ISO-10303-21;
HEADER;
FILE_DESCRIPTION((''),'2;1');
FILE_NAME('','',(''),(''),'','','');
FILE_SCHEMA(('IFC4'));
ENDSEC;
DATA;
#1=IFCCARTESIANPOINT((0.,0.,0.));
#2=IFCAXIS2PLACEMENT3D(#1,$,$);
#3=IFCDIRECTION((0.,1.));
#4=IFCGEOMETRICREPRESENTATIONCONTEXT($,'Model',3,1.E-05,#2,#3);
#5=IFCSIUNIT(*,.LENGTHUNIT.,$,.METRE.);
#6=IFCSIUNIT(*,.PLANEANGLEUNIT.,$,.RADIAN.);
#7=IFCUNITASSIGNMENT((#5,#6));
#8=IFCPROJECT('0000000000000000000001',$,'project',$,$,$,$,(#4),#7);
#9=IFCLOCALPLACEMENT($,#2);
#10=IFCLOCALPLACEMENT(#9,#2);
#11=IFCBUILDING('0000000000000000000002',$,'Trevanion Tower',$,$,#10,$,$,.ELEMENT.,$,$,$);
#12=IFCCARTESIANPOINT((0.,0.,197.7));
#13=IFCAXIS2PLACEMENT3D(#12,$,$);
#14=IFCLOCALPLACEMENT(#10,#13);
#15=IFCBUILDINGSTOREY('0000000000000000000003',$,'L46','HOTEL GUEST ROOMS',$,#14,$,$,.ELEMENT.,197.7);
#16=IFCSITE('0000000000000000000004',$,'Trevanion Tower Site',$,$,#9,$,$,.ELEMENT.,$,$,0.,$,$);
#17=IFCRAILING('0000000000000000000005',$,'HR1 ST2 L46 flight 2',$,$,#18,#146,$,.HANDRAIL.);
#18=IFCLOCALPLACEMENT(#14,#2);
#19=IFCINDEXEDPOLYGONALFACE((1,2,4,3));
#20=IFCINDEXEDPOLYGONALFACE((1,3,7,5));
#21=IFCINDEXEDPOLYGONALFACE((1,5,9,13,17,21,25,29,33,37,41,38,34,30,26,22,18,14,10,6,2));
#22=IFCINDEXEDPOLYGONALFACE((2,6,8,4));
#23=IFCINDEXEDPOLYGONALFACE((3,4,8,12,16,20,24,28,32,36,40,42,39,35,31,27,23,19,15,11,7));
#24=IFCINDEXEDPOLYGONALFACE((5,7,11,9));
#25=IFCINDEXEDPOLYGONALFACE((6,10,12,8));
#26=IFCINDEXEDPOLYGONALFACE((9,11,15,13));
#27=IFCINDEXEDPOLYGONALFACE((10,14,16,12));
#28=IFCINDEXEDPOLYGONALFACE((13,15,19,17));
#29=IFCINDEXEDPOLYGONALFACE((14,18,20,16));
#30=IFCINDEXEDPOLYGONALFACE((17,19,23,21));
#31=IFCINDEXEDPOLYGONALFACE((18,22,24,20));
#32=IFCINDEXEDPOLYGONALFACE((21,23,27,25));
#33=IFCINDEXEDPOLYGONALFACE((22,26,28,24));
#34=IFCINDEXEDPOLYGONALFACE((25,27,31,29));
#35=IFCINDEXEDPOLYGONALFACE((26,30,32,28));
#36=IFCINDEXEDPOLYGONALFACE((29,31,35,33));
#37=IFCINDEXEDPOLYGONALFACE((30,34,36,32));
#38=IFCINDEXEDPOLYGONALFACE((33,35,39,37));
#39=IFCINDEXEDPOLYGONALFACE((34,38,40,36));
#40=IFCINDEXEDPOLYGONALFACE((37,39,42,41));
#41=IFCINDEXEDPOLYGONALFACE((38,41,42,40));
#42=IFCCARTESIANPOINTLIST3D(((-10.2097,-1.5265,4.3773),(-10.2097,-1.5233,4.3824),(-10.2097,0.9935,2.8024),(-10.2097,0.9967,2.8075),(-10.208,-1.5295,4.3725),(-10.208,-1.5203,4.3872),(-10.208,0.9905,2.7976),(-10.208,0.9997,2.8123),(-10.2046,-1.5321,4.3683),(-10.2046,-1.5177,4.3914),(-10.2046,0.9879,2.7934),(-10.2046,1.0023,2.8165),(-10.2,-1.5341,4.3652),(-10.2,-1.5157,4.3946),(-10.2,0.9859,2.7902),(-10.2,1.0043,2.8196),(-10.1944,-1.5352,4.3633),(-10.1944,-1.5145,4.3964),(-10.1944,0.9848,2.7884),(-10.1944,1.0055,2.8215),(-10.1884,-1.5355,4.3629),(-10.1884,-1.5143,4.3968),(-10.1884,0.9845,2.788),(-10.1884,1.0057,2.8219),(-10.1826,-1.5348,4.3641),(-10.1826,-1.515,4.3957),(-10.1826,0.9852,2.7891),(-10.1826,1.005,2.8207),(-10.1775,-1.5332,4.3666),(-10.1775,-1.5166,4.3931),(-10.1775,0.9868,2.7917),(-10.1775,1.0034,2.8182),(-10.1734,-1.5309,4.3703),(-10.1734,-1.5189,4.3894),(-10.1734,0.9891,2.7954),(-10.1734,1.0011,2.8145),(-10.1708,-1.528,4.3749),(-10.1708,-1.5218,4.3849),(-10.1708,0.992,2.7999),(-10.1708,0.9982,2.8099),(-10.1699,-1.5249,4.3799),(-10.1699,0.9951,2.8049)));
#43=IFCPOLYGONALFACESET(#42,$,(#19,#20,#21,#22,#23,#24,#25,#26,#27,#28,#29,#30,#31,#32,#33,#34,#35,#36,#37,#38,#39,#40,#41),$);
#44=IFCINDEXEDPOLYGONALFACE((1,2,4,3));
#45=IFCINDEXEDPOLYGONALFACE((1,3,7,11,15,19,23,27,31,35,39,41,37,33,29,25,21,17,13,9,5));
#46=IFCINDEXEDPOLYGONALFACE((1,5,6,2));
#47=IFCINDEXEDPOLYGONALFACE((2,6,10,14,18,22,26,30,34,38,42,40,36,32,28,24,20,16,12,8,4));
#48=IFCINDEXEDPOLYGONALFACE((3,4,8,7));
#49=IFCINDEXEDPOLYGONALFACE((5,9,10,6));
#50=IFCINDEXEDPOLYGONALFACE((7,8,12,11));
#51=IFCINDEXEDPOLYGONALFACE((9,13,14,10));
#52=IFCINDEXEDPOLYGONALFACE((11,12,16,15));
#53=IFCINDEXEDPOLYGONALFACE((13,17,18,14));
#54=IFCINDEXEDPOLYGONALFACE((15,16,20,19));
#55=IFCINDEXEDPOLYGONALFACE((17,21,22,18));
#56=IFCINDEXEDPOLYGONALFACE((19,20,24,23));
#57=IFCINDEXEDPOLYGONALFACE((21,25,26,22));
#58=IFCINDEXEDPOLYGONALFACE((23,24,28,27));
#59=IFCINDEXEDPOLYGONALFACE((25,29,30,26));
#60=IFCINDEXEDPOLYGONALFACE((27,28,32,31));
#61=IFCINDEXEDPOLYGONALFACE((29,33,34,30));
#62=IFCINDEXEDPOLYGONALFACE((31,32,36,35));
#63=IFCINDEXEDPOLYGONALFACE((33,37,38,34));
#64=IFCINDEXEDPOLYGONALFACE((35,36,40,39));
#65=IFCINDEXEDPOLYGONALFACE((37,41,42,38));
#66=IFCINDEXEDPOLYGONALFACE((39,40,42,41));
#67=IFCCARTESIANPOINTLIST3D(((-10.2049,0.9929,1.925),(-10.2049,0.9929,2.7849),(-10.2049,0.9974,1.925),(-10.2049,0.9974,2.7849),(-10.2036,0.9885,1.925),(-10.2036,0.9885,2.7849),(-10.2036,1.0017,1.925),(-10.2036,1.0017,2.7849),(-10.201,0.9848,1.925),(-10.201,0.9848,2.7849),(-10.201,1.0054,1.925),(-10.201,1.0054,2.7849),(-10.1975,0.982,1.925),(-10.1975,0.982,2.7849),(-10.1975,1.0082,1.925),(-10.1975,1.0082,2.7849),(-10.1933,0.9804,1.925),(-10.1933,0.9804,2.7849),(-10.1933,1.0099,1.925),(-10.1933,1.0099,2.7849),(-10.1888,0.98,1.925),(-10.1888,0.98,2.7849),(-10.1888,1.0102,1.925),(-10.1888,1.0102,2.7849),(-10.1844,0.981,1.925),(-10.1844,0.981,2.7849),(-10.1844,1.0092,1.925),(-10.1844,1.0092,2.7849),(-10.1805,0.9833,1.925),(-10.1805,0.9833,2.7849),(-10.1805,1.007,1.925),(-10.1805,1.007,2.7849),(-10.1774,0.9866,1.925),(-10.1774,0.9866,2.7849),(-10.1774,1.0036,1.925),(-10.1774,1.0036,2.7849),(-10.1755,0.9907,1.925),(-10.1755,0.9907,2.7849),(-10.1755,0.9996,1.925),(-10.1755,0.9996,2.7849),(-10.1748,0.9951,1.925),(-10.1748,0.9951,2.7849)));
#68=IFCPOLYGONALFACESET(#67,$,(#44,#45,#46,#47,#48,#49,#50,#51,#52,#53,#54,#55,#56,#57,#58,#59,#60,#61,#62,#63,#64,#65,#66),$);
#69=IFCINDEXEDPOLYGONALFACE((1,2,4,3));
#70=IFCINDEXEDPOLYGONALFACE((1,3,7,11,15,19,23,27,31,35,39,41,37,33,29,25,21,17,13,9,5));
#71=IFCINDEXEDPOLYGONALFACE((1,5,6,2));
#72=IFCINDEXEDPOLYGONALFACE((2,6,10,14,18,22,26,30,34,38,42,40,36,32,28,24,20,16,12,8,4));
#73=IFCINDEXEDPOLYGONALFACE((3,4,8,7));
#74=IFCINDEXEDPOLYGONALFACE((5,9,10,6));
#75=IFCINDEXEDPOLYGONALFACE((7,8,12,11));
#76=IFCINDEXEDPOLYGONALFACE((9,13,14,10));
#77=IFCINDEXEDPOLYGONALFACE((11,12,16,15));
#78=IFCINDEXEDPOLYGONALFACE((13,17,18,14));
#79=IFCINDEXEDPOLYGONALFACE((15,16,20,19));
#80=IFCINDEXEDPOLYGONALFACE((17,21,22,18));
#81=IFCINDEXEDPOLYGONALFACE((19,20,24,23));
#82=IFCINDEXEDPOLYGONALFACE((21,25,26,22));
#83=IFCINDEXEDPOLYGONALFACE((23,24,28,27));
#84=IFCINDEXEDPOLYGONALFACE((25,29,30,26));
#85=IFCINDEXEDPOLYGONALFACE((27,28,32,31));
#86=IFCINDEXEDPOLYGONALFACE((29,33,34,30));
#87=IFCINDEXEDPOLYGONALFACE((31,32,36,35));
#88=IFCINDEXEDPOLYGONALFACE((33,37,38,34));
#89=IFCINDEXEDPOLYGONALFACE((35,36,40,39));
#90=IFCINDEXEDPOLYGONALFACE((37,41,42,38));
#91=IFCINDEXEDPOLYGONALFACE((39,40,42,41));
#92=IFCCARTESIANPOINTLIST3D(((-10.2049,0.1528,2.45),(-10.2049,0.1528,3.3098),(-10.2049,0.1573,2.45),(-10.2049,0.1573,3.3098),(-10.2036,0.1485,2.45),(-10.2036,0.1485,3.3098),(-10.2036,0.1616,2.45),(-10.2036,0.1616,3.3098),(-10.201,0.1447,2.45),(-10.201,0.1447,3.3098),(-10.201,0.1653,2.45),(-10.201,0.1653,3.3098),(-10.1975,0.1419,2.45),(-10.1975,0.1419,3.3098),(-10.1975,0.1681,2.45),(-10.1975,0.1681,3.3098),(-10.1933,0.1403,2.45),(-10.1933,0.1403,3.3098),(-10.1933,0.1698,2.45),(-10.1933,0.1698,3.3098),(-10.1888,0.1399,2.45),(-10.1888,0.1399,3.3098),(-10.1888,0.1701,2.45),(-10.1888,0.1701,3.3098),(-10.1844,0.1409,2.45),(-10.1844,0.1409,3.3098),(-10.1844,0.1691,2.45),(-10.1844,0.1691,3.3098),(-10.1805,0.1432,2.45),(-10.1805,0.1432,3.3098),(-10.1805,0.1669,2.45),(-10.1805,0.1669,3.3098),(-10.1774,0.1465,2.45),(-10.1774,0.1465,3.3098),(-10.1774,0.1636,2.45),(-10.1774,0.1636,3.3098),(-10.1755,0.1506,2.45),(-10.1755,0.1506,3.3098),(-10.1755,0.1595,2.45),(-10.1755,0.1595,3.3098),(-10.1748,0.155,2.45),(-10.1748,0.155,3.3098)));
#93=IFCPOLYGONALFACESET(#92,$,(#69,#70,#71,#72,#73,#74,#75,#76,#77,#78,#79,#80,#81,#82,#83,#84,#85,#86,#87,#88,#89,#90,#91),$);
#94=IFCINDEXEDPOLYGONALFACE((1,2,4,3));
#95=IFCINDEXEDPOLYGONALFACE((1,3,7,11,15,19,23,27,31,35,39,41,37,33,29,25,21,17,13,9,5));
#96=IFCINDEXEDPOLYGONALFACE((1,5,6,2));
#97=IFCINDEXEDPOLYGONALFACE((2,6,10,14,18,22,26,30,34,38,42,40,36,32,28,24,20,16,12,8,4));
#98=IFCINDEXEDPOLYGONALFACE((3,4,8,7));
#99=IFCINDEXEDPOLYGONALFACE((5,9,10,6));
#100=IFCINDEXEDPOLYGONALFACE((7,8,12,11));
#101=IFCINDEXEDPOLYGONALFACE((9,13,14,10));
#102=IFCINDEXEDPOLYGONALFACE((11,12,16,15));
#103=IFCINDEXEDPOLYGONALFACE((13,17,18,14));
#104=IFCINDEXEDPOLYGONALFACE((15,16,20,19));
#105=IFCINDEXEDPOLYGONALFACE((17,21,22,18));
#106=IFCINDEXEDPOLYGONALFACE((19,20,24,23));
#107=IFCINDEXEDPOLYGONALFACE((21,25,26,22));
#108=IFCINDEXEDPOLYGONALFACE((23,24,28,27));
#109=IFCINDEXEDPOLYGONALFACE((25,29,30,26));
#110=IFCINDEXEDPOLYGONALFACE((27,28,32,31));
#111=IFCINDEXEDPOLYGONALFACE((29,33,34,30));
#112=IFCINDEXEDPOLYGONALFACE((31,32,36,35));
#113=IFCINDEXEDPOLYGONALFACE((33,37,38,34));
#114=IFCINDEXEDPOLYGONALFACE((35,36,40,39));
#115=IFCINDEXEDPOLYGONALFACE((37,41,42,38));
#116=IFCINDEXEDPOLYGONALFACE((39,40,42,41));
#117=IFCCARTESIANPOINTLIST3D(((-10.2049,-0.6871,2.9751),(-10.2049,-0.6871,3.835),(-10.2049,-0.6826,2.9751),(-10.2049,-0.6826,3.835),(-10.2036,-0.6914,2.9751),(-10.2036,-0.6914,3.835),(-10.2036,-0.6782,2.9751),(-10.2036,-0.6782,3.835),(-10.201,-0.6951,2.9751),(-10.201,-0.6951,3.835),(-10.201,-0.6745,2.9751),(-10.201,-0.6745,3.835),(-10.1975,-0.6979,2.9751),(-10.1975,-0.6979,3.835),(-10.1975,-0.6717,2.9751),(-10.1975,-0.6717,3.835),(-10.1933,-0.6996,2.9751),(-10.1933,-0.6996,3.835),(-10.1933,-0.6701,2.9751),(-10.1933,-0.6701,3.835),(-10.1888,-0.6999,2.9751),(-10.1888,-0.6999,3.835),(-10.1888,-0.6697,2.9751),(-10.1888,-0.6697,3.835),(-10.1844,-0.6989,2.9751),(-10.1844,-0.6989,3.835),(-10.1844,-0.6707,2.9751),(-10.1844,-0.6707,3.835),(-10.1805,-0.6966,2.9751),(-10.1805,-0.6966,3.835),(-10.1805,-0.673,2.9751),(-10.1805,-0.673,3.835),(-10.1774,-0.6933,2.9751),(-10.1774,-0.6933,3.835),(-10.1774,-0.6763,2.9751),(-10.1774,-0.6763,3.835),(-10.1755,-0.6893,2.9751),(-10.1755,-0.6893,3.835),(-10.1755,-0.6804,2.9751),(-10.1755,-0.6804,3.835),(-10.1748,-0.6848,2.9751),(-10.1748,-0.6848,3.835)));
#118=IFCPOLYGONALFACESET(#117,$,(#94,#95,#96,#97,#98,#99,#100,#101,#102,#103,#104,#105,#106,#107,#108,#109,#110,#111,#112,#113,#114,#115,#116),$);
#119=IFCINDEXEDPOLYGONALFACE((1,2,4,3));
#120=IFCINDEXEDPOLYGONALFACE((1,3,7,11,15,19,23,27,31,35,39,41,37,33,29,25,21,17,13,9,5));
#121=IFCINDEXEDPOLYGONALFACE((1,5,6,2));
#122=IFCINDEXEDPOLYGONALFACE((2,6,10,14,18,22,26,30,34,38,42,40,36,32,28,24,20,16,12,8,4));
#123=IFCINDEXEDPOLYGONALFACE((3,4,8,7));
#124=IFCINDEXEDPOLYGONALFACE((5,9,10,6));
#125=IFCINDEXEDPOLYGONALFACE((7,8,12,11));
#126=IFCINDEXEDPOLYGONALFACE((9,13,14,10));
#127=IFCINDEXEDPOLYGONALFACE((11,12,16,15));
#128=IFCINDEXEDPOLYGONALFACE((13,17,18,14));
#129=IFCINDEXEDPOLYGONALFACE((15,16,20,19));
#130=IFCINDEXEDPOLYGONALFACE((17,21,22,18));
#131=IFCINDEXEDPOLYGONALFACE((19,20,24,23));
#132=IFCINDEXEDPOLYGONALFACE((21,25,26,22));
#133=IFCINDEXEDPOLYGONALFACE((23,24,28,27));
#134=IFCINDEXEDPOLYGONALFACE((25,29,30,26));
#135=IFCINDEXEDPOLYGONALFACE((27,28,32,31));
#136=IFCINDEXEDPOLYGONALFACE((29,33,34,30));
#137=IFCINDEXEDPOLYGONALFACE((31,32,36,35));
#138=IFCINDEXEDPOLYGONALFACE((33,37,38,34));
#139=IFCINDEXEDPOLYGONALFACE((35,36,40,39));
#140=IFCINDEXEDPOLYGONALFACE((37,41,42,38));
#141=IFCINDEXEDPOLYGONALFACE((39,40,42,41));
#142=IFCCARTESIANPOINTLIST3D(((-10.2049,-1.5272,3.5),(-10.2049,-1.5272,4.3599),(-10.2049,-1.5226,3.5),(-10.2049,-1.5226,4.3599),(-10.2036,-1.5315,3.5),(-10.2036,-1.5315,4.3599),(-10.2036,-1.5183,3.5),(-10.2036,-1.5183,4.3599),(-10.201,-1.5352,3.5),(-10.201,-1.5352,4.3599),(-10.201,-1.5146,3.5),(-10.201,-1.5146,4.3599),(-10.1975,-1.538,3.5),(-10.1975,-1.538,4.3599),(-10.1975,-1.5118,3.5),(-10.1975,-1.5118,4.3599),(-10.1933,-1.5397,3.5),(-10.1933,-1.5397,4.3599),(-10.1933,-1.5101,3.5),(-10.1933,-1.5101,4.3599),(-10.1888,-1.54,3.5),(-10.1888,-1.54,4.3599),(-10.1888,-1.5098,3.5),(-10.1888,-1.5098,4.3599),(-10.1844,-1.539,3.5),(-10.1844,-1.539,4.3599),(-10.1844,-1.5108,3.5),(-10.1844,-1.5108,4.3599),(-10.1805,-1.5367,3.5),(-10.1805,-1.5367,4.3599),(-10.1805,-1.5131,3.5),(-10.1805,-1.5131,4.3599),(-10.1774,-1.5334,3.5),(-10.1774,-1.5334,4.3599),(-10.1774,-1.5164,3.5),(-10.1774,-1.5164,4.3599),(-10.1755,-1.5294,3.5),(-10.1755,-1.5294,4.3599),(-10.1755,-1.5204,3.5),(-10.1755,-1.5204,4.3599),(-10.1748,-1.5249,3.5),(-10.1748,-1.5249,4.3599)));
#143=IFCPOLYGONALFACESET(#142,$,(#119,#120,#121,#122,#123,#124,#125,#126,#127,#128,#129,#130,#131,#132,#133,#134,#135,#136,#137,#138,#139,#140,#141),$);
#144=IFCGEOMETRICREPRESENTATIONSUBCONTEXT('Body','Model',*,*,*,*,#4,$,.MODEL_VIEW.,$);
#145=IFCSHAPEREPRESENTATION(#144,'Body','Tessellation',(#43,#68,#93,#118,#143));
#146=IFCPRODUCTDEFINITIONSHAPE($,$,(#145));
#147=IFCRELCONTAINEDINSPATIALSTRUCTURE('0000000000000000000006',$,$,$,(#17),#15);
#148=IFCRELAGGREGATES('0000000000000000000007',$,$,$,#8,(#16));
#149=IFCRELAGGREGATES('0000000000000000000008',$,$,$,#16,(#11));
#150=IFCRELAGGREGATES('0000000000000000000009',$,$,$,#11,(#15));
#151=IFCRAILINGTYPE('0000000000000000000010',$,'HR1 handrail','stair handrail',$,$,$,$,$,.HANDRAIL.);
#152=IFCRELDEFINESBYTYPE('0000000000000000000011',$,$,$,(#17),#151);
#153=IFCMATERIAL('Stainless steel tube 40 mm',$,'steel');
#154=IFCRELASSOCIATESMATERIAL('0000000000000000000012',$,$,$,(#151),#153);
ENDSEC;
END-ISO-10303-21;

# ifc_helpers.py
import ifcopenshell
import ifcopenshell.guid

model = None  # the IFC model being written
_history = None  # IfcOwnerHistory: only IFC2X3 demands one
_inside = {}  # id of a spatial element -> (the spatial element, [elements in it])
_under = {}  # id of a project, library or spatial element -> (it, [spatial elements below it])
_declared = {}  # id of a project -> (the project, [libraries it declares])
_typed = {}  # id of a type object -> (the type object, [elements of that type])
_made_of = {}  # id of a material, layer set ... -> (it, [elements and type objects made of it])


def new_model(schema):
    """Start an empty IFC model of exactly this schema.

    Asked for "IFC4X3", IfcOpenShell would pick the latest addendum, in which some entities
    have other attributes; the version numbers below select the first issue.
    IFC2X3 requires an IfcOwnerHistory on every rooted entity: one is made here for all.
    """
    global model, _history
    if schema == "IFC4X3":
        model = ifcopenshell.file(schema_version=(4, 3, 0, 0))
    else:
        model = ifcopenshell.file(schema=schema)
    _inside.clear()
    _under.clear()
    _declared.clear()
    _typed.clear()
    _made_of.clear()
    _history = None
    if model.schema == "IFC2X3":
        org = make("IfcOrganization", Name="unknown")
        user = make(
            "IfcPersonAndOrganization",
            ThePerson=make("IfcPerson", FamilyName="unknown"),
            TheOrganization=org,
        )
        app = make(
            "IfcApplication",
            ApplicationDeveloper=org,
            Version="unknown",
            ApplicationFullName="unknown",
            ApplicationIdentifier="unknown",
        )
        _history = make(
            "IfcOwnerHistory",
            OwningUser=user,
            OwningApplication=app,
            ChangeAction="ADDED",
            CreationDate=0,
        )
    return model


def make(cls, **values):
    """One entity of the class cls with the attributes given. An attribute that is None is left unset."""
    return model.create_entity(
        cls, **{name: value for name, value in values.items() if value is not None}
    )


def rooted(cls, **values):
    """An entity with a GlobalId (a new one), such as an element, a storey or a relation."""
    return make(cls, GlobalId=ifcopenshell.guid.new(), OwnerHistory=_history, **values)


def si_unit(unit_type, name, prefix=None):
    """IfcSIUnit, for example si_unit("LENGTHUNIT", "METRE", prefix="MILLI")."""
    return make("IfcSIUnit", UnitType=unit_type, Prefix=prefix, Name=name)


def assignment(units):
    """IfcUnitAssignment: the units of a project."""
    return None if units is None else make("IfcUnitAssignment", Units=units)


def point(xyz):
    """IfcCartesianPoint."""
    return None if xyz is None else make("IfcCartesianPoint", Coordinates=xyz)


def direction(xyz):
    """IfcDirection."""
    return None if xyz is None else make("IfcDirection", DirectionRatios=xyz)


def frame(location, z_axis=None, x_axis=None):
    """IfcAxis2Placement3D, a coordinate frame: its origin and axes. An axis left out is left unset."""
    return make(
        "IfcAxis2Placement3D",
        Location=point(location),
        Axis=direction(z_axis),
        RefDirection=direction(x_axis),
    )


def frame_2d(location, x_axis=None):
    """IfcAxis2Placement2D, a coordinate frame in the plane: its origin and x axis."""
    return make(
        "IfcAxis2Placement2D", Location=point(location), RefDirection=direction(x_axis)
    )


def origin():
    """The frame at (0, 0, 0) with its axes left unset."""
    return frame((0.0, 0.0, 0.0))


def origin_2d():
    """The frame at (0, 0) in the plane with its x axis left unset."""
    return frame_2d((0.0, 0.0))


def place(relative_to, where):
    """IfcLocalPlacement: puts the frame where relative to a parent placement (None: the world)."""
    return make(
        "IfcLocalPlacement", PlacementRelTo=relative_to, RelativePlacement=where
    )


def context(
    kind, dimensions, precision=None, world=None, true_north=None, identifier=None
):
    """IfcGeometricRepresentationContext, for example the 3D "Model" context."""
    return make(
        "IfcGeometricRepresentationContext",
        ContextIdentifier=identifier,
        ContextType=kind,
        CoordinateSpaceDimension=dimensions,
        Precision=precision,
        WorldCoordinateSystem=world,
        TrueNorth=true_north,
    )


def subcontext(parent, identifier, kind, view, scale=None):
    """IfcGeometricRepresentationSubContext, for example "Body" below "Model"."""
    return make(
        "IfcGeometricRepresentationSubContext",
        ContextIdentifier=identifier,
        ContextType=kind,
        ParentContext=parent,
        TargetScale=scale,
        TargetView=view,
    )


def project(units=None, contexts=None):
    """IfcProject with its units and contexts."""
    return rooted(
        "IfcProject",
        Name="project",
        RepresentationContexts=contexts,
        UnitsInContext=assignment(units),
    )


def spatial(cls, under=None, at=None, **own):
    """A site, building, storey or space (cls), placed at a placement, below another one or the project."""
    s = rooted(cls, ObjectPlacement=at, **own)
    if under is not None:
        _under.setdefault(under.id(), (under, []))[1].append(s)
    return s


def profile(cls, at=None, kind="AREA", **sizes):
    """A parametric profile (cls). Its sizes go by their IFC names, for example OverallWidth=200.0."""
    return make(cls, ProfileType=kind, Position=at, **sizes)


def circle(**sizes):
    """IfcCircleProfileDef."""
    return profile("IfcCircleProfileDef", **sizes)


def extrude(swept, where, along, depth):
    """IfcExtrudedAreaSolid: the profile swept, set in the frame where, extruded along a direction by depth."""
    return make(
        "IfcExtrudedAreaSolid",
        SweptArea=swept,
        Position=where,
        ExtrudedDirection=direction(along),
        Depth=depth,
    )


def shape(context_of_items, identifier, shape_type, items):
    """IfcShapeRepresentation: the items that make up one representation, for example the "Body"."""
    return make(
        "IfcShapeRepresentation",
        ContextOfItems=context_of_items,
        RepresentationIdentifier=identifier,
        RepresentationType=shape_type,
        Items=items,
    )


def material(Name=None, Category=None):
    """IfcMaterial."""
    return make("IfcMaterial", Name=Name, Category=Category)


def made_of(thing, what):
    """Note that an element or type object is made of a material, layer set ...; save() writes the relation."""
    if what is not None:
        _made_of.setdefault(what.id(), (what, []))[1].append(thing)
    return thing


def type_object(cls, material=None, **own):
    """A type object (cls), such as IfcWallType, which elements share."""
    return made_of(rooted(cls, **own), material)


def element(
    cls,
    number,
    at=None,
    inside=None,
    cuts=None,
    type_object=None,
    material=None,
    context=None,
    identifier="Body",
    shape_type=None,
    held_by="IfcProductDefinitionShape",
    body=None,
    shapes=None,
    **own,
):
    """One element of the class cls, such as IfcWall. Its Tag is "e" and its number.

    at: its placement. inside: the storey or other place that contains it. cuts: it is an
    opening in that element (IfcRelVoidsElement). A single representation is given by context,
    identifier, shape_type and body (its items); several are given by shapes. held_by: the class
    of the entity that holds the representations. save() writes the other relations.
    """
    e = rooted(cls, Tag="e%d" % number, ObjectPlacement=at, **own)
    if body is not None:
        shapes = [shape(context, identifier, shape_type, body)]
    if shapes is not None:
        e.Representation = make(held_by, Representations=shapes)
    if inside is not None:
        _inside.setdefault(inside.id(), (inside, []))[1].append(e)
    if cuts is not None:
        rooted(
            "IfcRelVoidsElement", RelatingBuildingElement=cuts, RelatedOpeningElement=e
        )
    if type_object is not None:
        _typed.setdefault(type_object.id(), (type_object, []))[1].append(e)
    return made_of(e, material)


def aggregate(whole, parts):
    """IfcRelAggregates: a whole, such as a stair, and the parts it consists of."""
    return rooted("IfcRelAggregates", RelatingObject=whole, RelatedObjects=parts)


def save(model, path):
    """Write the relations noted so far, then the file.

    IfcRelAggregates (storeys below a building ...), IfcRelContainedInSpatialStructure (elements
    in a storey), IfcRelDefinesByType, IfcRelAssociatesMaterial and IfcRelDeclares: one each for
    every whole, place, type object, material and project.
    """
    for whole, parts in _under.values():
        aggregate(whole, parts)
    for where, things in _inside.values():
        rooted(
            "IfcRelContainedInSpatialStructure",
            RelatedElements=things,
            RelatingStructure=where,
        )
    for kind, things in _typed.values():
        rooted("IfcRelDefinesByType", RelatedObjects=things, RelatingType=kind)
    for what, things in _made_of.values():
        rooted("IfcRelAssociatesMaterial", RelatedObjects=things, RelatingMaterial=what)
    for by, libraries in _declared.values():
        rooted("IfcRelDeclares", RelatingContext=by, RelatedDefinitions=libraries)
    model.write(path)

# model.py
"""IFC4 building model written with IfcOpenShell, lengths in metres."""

from ifc_helpers import new_model, si_unit, direction, frame, origin, origin_2d, place, context, subcontext, project, spatial, circle, extrude, material, type_object, element, save


model = new_model("IFC4")

# Units and contexts
model_context = context("Model", 3, precision=1e-05, world=origin(), true_north=direction((0.0, 1.0)))
body_context = subcontext(model_context, "Body", "Model", "MODEL_VIEW")
ifc_project = project(units=[si_unit("LENGTHUNIT", "METRE"), si_unit("PLANEANGLEUNIT", "RADIAN")], contexts=[model_context])

# Site, building, storey
site_placement = place(None, origin())
site = spatial("IfcSite", under=ifc_project, at=site_placement, Name="Trevanion Tower Site", CompositionType="ELEMENT", RefElevation=0.0)
building_placement = place(site_placement, origin())
building = spatial("IfcBuilding", under=site, at=building_placement, Name="Trevanion Tower", CompositionType="ELEMENT")
storey_placement = place(building_placement, frame((0.0, 0.0, 197.7)))
storey = spatial("IfcBuildingStorey", under=building, at=storey_placement, Name="L46", Description="HOTEL GUEST ROOMS", CompositionType="ELEMENT", Elevation=197.7)

# Railing
ifc_material_1 = material(Name="Stainless steel tube 40 mm", Category="steel")
railing_type = type_object("IfcRailingType", Name="HR1 handrail", Description="stair handrail", PredefinedType="HANDRAIL", material=ifc_material_1)
railing_placement = place(storey_placement, frame((-10.1899, 0.9951, 1.925)))
element("IfcRailing", 1, at=railing_placement, inside=storey, type_object=railing_type, Name="HR1 ST2 L46 flight 2", PredefinedType="HANDRAIL", context=body_context, shape_type="SweptSolid", body=[
    extrude(circle(Radius=0.02, at=origin_2d()), frame((0.0, 0.0, 0.8799), z_axis=(0.0, -0.848008, 0.529984), x_axis=(1.0, 0.0, 0.0)), (0.0, 0.0, 1.0), 2.9717),
    extrude(circle(Radius=0.0151, at=origin_2d()), origin(), (0.0, 0.0, 1.0), 0.8599),
    extrude(circle(Radius=0.0151, at=origin_2d()), frame((0.0, -0.8401, 0.5249)), (0.0, 0.0, 1.0), 0.8599),
    extrude(circle(Radius=0.0151, at=origin_2d()), frame((0.0, -1.6799, 1.05)), (0.0, 0.0, 1.0), 0.8599),
    extrude(circle(Radius=0.0151, at=origin_2d()), frame((0.0, -2.52, 1.575)), (0.0, 0.0, 1.0), 0.8599),
])

save(model, "model.ifc")
